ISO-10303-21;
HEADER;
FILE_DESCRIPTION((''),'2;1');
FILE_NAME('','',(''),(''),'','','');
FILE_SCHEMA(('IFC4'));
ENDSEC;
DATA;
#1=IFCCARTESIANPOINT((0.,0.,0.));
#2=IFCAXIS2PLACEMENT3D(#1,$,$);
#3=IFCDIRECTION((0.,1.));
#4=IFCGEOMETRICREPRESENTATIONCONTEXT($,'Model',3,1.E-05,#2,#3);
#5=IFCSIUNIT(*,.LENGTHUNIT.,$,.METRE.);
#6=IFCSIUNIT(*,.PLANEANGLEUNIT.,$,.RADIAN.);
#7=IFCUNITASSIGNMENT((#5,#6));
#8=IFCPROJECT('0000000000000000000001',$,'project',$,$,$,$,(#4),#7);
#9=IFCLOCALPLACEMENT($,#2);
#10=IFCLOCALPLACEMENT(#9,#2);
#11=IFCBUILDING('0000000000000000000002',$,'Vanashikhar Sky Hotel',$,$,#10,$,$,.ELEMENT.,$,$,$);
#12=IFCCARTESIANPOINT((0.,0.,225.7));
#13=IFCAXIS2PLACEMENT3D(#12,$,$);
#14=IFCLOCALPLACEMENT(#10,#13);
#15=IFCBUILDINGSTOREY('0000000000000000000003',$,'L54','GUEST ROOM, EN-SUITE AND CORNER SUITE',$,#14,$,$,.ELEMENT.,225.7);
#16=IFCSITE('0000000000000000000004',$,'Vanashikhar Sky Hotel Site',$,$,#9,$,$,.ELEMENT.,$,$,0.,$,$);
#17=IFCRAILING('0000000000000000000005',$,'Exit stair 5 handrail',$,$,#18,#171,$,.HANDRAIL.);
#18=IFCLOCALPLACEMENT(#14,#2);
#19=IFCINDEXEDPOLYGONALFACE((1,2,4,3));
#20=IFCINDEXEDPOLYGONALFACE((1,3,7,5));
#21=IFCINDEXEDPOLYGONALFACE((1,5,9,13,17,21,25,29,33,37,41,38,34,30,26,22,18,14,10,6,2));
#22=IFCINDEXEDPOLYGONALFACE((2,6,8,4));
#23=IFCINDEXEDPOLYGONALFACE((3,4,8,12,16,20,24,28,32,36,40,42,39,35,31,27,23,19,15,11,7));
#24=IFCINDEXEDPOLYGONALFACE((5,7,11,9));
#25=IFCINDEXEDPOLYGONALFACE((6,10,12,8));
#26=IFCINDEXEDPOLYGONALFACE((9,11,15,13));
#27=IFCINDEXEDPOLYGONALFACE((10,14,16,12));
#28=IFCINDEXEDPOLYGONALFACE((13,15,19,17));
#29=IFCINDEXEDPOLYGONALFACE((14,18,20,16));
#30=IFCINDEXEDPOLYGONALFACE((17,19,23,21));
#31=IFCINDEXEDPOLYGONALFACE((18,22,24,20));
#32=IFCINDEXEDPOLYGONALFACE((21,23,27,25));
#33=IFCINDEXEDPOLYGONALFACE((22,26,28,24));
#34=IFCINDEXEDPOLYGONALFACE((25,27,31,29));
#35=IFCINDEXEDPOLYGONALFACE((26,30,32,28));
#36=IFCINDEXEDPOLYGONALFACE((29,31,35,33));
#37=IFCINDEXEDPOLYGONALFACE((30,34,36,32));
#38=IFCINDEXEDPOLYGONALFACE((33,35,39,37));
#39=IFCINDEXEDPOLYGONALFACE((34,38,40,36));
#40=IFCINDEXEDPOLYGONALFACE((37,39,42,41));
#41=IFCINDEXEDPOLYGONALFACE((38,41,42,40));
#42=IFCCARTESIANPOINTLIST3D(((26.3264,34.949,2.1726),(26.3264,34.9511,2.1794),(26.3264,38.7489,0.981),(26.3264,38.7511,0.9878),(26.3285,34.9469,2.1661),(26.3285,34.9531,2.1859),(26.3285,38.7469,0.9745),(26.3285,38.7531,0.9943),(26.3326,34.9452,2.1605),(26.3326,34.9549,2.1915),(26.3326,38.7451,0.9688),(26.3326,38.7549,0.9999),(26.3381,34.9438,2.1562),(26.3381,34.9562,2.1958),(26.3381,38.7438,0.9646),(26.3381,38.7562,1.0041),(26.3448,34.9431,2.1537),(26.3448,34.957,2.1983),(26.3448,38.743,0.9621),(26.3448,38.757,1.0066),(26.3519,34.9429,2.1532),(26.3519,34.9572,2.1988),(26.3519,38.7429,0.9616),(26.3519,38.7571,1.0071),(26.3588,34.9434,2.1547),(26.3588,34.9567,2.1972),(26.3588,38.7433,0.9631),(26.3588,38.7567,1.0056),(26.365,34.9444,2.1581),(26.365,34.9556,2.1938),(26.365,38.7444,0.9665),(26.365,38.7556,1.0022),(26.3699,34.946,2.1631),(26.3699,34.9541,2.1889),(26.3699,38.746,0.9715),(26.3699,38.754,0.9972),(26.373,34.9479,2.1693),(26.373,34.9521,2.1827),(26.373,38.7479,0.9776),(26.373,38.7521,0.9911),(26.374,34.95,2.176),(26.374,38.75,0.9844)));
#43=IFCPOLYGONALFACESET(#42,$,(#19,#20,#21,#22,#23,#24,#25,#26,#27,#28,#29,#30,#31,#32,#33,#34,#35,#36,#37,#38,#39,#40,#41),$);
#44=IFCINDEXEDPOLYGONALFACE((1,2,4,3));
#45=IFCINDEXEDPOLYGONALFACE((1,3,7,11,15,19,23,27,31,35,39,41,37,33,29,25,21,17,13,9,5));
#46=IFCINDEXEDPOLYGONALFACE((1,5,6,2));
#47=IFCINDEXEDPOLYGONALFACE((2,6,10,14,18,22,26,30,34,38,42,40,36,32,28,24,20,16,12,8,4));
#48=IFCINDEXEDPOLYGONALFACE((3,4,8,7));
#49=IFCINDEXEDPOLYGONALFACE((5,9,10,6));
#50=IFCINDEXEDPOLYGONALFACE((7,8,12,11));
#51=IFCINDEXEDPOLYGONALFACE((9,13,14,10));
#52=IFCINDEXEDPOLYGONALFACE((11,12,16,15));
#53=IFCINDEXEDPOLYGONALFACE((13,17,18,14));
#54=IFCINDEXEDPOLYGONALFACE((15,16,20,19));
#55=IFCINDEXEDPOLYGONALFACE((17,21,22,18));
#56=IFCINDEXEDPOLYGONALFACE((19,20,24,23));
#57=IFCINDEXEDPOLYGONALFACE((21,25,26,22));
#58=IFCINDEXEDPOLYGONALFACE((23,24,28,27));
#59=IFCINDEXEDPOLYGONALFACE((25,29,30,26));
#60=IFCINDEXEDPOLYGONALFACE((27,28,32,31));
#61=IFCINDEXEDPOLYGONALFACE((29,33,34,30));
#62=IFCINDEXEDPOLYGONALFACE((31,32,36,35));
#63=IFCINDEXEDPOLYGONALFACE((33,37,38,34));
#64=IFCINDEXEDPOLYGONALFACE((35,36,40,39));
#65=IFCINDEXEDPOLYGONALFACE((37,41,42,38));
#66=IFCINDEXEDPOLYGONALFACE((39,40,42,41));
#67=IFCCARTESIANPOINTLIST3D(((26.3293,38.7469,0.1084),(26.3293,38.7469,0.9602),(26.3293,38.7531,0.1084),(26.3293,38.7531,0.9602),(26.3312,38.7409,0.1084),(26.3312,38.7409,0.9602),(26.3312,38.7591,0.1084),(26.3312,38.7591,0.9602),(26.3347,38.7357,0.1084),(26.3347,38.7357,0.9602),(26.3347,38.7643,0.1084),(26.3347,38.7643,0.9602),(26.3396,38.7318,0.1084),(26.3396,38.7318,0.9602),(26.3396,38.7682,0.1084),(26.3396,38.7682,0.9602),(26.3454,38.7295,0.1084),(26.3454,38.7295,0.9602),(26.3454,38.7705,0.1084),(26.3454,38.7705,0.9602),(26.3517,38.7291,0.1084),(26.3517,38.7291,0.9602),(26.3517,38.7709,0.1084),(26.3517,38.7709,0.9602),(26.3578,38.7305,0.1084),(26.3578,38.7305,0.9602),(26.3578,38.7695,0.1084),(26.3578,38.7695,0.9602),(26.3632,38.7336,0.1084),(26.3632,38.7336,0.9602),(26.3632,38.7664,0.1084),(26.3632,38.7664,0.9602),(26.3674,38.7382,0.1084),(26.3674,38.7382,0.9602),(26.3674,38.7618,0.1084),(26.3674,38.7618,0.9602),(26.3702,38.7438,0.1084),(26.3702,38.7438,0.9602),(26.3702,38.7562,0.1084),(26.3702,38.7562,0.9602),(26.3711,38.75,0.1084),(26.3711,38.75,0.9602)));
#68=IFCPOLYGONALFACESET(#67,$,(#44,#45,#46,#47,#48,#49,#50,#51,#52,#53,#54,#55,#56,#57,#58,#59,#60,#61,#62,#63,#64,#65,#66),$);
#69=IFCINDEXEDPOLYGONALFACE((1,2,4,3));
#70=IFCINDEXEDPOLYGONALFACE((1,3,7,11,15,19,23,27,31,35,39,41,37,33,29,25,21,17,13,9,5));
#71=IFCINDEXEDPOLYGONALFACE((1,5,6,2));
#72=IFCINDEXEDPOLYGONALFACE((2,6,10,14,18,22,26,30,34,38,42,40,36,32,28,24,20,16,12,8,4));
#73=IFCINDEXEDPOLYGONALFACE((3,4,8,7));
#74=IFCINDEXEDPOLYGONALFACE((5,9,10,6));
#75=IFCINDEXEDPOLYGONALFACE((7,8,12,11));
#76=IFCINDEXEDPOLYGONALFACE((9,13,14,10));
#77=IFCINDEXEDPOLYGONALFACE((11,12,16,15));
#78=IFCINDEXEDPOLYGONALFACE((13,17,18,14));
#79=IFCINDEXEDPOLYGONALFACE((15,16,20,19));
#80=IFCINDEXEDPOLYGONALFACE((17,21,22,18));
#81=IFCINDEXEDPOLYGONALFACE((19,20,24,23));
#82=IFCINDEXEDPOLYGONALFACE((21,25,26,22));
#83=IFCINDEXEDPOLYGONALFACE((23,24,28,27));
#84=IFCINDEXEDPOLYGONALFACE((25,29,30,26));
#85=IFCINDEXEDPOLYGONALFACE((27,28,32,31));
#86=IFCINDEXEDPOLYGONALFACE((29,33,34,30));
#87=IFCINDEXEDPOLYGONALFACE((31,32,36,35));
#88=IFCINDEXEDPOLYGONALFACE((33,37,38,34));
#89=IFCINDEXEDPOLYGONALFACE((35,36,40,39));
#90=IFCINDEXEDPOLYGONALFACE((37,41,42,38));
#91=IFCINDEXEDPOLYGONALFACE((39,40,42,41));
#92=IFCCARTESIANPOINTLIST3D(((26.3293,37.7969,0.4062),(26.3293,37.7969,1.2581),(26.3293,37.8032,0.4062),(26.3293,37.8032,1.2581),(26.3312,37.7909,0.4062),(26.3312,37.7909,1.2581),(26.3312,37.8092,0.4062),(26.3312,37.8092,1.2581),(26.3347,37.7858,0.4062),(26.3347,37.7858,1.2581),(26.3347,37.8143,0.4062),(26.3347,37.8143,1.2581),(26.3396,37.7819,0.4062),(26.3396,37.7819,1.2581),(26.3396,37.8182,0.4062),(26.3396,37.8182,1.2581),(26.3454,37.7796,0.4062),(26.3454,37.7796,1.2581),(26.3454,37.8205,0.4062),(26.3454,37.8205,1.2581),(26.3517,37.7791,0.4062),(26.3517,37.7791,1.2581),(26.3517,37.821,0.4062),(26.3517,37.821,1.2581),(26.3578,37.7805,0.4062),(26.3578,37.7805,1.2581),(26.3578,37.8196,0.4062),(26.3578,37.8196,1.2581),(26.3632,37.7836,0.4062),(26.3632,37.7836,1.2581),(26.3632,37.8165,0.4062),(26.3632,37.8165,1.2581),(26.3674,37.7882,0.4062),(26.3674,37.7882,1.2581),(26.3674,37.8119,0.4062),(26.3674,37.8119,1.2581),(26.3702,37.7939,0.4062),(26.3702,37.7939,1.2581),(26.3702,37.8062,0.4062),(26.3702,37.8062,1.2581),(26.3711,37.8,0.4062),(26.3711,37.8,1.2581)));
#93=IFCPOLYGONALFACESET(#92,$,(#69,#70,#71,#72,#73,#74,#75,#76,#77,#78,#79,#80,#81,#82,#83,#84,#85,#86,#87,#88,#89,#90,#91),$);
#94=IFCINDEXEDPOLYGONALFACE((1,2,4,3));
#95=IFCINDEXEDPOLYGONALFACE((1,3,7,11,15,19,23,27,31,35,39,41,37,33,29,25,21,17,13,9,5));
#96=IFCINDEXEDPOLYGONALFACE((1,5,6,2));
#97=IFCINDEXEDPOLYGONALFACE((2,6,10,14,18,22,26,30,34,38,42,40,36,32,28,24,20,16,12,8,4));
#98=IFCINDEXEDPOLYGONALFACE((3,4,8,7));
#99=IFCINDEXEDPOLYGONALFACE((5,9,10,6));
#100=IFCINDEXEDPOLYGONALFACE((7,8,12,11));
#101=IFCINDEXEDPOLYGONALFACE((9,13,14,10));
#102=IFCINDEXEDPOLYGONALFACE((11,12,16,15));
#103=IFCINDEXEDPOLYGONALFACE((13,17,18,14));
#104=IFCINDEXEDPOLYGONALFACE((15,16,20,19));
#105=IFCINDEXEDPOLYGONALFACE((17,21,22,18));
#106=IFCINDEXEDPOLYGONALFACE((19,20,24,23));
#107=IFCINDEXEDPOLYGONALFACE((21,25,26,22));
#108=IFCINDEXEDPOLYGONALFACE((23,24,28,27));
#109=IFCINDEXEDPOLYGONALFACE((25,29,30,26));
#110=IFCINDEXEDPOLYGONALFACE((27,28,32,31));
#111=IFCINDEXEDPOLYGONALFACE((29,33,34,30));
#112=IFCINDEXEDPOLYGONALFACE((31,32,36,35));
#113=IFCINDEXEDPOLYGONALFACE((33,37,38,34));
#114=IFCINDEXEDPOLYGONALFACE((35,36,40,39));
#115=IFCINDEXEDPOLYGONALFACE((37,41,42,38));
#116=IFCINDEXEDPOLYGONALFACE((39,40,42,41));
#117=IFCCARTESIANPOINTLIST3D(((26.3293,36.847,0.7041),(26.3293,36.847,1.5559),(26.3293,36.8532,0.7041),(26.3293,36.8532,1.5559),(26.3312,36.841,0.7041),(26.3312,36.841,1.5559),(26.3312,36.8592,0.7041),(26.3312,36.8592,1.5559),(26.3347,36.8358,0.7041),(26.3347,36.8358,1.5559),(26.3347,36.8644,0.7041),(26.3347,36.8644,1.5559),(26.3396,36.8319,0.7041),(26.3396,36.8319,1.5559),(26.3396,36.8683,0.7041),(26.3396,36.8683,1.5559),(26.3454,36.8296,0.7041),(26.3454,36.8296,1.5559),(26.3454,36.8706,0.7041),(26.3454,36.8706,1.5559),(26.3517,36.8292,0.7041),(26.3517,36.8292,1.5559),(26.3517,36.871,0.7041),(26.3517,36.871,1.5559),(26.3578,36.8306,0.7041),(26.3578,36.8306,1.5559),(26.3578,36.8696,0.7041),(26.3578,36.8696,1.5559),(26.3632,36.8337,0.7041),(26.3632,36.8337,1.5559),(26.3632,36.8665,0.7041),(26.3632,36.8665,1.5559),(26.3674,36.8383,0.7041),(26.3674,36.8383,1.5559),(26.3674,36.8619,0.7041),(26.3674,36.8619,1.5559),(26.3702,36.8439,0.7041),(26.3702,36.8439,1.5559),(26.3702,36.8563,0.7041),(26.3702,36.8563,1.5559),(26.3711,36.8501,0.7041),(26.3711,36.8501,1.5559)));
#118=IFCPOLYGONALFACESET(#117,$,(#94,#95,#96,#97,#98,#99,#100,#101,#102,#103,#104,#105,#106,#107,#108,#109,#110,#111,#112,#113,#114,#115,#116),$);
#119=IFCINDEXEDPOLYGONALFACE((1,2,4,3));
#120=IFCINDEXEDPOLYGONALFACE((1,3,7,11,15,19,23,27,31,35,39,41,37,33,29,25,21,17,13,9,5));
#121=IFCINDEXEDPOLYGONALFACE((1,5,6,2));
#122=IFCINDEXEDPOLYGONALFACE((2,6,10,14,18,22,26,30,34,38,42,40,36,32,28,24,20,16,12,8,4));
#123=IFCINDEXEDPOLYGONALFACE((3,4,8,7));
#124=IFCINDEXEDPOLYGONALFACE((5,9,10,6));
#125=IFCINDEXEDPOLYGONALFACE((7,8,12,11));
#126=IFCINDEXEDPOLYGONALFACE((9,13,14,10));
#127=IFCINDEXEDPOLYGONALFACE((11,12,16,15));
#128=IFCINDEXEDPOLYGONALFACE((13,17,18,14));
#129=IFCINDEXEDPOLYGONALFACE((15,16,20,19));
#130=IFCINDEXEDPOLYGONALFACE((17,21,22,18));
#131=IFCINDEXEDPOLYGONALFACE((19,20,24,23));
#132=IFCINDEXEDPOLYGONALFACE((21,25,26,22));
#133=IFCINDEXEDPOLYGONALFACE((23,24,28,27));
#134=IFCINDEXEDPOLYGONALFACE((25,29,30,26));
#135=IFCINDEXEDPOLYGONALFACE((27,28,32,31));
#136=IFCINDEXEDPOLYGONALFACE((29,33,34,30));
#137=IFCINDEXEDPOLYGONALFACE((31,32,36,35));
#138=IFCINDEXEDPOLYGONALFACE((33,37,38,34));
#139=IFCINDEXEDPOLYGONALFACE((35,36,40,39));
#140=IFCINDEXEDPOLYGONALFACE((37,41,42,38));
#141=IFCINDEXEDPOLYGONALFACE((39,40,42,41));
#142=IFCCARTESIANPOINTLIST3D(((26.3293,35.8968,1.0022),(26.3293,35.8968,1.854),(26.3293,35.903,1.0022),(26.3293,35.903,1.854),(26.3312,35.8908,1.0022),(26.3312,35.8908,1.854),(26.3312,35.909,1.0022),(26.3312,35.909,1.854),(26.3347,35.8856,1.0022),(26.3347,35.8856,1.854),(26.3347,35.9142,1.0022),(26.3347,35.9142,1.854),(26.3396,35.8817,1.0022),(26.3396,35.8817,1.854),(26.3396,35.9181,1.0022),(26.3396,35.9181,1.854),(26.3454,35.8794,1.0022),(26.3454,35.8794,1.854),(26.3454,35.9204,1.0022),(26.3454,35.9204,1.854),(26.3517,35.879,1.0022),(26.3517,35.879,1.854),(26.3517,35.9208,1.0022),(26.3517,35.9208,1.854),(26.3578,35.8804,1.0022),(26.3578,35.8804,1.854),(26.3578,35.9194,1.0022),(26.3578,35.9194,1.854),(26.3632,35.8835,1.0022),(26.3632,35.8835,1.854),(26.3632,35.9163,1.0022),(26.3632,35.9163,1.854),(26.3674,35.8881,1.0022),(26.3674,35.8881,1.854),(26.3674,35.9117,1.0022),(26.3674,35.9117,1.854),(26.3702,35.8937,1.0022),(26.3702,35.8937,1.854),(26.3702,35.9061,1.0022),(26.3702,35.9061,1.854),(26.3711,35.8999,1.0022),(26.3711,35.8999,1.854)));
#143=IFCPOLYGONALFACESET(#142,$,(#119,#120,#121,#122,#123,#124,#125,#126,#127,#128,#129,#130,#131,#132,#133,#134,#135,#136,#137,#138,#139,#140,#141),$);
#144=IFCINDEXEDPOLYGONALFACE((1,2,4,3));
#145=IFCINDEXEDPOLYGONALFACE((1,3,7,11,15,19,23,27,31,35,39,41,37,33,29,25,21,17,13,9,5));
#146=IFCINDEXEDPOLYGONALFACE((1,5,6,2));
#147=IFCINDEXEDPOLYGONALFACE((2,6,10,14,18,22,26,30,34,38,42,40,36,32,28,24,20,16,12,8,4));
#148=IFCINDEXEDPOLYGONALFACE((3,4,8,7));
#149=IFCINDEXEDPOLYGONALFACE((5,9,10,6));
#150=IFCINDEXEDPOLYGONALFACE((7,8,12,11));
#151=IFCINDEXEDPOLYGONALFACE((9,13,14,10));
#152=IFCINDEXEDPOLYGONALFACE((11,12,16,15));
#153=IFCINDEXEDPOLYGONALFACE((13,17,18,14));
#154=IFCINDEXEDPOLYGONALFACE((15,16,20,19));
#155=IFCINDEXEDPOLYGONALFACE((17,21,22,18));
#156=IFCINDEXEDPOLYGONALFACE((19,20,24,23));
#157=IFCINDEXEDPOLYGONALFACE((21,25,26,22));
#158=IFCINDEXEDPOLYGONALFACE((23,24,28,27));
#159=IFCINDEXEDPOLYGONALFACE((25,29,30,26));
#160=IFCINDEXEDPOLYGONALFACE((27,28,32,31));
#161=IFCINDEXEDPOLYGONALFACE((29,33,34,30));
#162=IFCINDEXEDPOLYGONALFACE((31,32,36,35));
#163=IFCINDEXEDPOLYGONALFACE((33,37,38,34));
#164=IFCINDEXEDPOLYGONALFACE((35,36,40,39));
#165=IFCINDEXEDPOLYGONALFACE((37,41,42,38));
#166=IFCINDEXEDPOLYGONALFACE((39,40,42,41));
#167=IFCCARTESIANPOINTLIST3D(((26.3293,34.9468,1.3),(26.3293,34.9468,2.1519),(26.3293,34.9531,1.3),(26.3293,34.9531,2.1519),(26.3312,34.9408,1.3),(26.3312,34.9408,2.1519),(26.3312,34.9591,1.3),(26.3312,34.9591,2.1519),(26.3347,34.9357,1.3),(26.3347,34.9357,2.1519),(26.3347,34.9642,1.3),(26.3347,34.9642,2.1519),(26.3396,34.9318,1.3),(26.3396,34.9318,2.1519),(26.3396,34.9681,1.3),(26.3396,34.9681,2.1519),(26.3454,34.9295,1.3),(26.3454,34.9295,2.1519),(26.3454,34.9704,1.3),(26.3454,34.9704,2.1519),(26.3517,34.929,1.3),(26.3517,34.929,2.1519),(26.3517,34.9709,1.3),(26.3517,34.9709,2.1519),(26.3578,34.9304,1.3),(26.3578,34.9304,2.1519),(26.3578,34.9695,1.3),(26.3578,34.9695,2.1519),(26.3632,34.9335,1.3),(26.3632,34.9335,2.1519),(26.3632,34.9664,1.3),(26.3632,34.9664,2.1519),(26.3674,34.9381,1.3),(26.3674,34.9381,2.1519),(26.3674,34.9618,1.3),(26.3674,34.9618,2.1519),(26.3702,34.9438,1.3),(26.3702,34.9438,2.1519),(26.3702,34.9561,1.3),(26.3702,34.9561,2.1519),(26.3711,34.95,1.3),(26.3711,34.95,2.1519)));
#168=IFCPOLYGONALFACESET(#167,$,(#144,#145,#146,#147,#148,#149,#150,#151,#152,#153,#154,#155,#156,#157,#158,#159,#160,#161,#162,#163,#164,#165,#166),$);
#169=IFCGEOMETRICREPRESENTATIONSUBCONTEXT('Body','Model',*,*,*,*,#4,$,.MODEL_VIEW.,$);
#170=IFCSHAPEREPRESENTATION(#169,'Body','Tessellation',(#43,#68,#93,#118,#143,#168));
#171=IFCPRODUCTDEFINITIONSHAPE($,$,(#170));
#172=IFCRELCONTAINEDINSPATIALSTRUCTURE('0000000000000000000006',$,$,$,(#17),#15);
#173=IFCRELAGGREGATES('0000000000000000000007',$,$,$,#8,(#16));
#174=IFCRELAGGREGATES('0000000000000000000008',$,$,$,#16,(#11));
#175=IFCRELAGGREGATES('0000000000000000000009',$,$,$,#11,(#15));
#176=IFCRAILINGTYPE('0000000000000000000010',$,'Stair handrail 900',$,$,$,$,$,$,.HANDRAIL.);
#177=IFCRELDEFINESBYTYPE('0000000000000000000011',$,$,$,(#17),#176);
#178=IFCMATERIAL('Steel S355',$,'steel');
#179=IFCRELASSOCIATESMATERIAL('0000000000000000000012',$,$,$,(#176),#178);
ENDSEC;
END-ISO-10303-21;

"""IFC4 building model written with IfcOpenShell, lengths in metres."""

from ifc_helpers import new_model, si_unit, direction, frame, origin, origin_2d, place, context, subcontext, project, spatial, circle, extrude, source, transform, mapped, material, type_object, element, save


model = new_model("IFC4")

# Units and contexts
model_context = context("Model", 3, precision=1e-05, world=origin(), true_north=direction((0.0, 1.0)))
body_context = subcontext(model_context, "Body", "Model", "MODEL_VIEW")
ifc_project = project(units=[si_unit("LENGTHUNIT", "METRE"), si_unit("PLANEANGLEUNIT", "RADIAN")], contexts=[model_context])

# Site, building, storey
site_placement = place(None, origin())
site = spatial("IfcSite", under=ifc_project, at=site_placement, Name="Vanashikhar Sky Hotel Site", CompositionType="ELEMENT", RefElevation=0.0)
building_placement = place(site_placement, origin())
building = spatial("IfcBuilding", under=site, at=building_placement, Name="Vanashikhar Sky Hotel", CompositionType="ELEMENT")
storey_placement = place(building_placement, frame((0.0, 0.0, 225.7)))
storey = spatial("IfcBuildingStorey", under=building, at=storey_placement, Name="L54", Description="GUEST ROOM, EN-SUITE AND CORNER SUITE", CompositionType="ELEMENT", Elevation=225.7)

# Railing
ifc_material_1 = material(Name="Steel S355", Category="steel")
railing_type_1 = type_object("IfcRailingType", Name="Stair handrail 900", PredefinedType="HANDRAIL", material=ifc_material_1)
shared_shape_1 = source(origin(), body_context, "Body", "SweptSolid", [
    extrude(circle(Radius=0.0239, at=origin_2d()), frame((0.0, 0.0, 0.876), z_axis=(0.0, -0.954184, 0.299221), x_axis=(1.0, 0.0, 0.0)), (0.0, 0.0, 1.0), 3.9824),
    extrude(circle(Radius=0.021, at=origin_2d()), origin(), (0.0, 0.0, 1.0), 0.8518),
    extrude(circle(Radius=0.021, at=origin_2d()), frame((0.0, -0.95, 0.2979)), (0.0, 0.0, 1.0), 0.8518),
    extrude(circle(Radius=0.021, at=origin_2d()), frame((0.0, -1.8999, 0.5957)), (0.0, 0.0, 1.0), 0.8518),
    extrude(circle(Radius=0.021, at=origin_2d()), frame((0.0, -2.8501, 0.8938)), (0.0, 0.0, 1.0), 0.8518),
    extrude(circle(Radius=0.021, at=origin_2d()), frame((0.0, -3.8, 1.1917)), (0.0, 0.0, 1.0), 0.8518),
])
for number, where, name in (
    (1, (26.3501, 38.75, 0.1084), "Exit stair 5 handrail"),
):
    element("IfcRailing", number, at=place(storey_placement, frame(where)), inside=storey, type_object=railing_type_1, Name=name, PredefinedType="HANDRAIL", context=body_context, shape_type="MappedRepresentation", body=[
        mapped(shared_shape_1, transform((0.0, 0.0, 0.0), scale=1.0)),
    ])

save(model, "model.ifc")
